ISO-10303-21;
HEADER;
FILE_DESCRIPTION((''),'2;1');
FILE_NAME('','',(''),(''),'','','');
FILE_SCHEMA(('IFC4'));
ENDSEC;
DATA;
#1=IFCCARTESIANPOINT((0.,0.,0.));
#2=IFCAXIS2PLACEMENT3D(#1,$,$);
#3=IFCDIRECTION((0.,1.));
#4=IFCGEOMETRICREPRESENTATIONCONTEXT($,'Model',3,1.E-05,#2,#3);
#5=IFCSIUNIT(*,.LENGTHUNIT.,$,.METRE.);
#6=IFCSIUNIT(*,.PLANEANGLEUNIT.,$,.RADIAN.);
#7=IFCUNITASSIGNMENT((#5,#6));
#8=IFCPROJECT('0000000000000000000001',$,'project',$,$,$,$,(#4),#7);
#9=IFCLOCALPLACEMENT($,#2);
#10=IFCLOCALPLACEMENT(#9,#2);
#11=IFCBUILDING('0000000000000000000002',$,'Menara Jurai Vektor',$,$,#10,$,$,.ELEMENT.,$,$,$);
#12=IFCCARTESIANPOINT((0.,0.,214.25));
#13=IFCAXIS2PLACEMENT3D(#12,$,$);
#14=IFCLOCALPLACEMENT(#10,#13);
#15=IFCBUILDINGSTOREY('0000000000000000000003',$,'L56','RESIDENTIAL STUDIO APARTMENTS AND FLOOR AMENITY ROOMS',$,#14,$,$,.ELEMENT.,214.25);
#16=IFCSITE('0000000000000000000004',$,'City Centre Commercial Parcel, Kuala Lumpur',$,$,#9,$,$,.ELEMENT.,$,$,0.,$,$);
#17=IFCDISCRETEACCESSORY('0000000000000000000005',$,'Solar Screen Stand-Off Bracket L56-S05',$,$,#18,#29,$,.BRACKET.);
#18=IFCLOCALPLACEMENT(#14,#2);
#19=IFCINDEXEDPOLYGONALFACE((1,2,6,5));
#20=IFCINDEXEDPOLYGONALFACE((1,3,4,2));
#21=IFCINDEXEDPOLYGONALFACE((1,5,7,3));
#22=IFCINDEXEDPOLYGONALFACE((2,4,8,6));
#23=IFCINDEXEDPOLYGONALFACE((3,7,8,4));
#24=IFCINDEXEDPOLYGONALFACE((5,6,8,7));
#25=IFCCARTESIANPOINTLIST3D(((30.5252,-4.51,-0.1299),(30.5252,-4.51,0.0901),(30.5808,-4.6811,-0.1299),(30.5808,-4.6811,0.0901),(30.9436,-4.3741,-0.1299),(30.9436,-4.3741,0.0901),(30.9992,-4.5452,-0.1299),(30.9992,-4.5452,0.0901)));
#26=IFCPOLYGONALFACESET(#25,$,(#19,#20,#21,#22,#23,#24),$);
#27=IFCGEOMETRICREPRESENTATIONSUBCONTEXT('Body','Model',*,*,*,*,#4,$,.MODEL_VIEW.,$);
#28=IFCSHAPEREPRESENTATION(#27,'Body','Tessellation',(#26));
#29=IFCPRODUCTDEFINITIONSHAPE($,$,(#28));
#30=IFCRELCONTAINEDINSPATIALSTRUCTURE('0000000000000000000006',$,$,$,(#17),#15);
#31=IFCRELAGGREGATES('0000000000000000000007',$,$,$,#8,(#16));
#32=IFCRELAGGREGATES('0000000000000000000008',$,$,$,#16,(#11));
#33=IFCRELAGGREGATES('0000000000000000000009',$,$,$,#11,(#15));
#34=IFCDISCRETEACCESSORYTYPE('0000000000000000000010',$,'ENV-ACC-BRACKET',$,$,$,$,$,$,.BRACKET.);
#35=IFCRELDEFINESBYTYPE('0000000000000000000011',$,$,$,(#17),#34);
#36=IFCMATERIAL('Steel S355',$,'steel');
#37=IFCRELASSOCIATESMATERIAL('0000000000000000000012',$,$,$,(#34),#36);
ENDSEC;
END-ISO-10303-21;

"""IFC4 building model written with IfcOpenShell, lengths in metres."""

from ifc_helpers import new_model, si_unit, direction, frame, origin, origin_2d, place, context, subcontext, project, spatial, rectangle, extrude, material, type_object, element, save


model = new_model("IFC4")

# Units and contexts
model_context = context("Model", 3, precision=1e-05, world=origin(), true_north=direction((0.0, 1.0)))
body_context = subcontext(model_context, "Body", "Model", "MODEL_VIEW")
ifc_project = project(units=[si_unit("LENGTHUNIT", "METRE"), si_unit("PLANEANGLEUNIT", "RADIAN")], contexts=[model_context])

# Site, building, storey
site_placement = place(None, origin())
site = spatial("IfcSite", under=ifc_project, at=site_placement, Name="City Centre Commercial Parcel, Kuala Lumpur", CompositionType="ELEMENT", RefElevation=0.0)
building_placement = place(site_placement, origin())
building = spatial("IfcBuilding", under=site, at=building_placement, Name="Menara Jurai Vektor", CompositionType="ELEMENT")
storey_placement = place(building_placement, frame((0.0, 0.0, 214.25)))
storey = spatial("IfcBuildingStorey", under=building, at=storey_placement, Name="L56", Description="RESIDENTIAL STUDIO APARTMENTS AND FLOOR AMENITY ROOMS", CompositionType="ELEMENT", Elevation=214.25)

# Shared definitions
ifc_material_1 = material(Name="Steel S355", Category="steel")

# Discrete accessory
discrete_accessory_type = type_object("IfcDiscreteAccessoryType", Name="ENV-ACC-BRACKET", PredefinedType="BRACKET", material=ifc_material_1)
discrete_accessory_placement = place(storey_placement, frame((30.7622, -4.5276, -0.1299), z_axis=(0.0, 0.0, 1.0), x_axis=(-0.309017, 0.951057, 0.0)))
element("IfcDiscreteAccessory", 1, at=discrete_accessory_placement, inside=storey, type_object=discrete_accessory_type, Name="Solar Screen Stand-Off Bracket L56-S05", PredefinedType="BRACKET", context=body_context, shape_type="SweptSolid", body=[
    extrude(rectangle(XDim=0.1799, YDim=0.4399, at=origin_2d()), origin(), (0.0, 0.0, 1.0), 0.22),
])

save(model, "model.ifc")
